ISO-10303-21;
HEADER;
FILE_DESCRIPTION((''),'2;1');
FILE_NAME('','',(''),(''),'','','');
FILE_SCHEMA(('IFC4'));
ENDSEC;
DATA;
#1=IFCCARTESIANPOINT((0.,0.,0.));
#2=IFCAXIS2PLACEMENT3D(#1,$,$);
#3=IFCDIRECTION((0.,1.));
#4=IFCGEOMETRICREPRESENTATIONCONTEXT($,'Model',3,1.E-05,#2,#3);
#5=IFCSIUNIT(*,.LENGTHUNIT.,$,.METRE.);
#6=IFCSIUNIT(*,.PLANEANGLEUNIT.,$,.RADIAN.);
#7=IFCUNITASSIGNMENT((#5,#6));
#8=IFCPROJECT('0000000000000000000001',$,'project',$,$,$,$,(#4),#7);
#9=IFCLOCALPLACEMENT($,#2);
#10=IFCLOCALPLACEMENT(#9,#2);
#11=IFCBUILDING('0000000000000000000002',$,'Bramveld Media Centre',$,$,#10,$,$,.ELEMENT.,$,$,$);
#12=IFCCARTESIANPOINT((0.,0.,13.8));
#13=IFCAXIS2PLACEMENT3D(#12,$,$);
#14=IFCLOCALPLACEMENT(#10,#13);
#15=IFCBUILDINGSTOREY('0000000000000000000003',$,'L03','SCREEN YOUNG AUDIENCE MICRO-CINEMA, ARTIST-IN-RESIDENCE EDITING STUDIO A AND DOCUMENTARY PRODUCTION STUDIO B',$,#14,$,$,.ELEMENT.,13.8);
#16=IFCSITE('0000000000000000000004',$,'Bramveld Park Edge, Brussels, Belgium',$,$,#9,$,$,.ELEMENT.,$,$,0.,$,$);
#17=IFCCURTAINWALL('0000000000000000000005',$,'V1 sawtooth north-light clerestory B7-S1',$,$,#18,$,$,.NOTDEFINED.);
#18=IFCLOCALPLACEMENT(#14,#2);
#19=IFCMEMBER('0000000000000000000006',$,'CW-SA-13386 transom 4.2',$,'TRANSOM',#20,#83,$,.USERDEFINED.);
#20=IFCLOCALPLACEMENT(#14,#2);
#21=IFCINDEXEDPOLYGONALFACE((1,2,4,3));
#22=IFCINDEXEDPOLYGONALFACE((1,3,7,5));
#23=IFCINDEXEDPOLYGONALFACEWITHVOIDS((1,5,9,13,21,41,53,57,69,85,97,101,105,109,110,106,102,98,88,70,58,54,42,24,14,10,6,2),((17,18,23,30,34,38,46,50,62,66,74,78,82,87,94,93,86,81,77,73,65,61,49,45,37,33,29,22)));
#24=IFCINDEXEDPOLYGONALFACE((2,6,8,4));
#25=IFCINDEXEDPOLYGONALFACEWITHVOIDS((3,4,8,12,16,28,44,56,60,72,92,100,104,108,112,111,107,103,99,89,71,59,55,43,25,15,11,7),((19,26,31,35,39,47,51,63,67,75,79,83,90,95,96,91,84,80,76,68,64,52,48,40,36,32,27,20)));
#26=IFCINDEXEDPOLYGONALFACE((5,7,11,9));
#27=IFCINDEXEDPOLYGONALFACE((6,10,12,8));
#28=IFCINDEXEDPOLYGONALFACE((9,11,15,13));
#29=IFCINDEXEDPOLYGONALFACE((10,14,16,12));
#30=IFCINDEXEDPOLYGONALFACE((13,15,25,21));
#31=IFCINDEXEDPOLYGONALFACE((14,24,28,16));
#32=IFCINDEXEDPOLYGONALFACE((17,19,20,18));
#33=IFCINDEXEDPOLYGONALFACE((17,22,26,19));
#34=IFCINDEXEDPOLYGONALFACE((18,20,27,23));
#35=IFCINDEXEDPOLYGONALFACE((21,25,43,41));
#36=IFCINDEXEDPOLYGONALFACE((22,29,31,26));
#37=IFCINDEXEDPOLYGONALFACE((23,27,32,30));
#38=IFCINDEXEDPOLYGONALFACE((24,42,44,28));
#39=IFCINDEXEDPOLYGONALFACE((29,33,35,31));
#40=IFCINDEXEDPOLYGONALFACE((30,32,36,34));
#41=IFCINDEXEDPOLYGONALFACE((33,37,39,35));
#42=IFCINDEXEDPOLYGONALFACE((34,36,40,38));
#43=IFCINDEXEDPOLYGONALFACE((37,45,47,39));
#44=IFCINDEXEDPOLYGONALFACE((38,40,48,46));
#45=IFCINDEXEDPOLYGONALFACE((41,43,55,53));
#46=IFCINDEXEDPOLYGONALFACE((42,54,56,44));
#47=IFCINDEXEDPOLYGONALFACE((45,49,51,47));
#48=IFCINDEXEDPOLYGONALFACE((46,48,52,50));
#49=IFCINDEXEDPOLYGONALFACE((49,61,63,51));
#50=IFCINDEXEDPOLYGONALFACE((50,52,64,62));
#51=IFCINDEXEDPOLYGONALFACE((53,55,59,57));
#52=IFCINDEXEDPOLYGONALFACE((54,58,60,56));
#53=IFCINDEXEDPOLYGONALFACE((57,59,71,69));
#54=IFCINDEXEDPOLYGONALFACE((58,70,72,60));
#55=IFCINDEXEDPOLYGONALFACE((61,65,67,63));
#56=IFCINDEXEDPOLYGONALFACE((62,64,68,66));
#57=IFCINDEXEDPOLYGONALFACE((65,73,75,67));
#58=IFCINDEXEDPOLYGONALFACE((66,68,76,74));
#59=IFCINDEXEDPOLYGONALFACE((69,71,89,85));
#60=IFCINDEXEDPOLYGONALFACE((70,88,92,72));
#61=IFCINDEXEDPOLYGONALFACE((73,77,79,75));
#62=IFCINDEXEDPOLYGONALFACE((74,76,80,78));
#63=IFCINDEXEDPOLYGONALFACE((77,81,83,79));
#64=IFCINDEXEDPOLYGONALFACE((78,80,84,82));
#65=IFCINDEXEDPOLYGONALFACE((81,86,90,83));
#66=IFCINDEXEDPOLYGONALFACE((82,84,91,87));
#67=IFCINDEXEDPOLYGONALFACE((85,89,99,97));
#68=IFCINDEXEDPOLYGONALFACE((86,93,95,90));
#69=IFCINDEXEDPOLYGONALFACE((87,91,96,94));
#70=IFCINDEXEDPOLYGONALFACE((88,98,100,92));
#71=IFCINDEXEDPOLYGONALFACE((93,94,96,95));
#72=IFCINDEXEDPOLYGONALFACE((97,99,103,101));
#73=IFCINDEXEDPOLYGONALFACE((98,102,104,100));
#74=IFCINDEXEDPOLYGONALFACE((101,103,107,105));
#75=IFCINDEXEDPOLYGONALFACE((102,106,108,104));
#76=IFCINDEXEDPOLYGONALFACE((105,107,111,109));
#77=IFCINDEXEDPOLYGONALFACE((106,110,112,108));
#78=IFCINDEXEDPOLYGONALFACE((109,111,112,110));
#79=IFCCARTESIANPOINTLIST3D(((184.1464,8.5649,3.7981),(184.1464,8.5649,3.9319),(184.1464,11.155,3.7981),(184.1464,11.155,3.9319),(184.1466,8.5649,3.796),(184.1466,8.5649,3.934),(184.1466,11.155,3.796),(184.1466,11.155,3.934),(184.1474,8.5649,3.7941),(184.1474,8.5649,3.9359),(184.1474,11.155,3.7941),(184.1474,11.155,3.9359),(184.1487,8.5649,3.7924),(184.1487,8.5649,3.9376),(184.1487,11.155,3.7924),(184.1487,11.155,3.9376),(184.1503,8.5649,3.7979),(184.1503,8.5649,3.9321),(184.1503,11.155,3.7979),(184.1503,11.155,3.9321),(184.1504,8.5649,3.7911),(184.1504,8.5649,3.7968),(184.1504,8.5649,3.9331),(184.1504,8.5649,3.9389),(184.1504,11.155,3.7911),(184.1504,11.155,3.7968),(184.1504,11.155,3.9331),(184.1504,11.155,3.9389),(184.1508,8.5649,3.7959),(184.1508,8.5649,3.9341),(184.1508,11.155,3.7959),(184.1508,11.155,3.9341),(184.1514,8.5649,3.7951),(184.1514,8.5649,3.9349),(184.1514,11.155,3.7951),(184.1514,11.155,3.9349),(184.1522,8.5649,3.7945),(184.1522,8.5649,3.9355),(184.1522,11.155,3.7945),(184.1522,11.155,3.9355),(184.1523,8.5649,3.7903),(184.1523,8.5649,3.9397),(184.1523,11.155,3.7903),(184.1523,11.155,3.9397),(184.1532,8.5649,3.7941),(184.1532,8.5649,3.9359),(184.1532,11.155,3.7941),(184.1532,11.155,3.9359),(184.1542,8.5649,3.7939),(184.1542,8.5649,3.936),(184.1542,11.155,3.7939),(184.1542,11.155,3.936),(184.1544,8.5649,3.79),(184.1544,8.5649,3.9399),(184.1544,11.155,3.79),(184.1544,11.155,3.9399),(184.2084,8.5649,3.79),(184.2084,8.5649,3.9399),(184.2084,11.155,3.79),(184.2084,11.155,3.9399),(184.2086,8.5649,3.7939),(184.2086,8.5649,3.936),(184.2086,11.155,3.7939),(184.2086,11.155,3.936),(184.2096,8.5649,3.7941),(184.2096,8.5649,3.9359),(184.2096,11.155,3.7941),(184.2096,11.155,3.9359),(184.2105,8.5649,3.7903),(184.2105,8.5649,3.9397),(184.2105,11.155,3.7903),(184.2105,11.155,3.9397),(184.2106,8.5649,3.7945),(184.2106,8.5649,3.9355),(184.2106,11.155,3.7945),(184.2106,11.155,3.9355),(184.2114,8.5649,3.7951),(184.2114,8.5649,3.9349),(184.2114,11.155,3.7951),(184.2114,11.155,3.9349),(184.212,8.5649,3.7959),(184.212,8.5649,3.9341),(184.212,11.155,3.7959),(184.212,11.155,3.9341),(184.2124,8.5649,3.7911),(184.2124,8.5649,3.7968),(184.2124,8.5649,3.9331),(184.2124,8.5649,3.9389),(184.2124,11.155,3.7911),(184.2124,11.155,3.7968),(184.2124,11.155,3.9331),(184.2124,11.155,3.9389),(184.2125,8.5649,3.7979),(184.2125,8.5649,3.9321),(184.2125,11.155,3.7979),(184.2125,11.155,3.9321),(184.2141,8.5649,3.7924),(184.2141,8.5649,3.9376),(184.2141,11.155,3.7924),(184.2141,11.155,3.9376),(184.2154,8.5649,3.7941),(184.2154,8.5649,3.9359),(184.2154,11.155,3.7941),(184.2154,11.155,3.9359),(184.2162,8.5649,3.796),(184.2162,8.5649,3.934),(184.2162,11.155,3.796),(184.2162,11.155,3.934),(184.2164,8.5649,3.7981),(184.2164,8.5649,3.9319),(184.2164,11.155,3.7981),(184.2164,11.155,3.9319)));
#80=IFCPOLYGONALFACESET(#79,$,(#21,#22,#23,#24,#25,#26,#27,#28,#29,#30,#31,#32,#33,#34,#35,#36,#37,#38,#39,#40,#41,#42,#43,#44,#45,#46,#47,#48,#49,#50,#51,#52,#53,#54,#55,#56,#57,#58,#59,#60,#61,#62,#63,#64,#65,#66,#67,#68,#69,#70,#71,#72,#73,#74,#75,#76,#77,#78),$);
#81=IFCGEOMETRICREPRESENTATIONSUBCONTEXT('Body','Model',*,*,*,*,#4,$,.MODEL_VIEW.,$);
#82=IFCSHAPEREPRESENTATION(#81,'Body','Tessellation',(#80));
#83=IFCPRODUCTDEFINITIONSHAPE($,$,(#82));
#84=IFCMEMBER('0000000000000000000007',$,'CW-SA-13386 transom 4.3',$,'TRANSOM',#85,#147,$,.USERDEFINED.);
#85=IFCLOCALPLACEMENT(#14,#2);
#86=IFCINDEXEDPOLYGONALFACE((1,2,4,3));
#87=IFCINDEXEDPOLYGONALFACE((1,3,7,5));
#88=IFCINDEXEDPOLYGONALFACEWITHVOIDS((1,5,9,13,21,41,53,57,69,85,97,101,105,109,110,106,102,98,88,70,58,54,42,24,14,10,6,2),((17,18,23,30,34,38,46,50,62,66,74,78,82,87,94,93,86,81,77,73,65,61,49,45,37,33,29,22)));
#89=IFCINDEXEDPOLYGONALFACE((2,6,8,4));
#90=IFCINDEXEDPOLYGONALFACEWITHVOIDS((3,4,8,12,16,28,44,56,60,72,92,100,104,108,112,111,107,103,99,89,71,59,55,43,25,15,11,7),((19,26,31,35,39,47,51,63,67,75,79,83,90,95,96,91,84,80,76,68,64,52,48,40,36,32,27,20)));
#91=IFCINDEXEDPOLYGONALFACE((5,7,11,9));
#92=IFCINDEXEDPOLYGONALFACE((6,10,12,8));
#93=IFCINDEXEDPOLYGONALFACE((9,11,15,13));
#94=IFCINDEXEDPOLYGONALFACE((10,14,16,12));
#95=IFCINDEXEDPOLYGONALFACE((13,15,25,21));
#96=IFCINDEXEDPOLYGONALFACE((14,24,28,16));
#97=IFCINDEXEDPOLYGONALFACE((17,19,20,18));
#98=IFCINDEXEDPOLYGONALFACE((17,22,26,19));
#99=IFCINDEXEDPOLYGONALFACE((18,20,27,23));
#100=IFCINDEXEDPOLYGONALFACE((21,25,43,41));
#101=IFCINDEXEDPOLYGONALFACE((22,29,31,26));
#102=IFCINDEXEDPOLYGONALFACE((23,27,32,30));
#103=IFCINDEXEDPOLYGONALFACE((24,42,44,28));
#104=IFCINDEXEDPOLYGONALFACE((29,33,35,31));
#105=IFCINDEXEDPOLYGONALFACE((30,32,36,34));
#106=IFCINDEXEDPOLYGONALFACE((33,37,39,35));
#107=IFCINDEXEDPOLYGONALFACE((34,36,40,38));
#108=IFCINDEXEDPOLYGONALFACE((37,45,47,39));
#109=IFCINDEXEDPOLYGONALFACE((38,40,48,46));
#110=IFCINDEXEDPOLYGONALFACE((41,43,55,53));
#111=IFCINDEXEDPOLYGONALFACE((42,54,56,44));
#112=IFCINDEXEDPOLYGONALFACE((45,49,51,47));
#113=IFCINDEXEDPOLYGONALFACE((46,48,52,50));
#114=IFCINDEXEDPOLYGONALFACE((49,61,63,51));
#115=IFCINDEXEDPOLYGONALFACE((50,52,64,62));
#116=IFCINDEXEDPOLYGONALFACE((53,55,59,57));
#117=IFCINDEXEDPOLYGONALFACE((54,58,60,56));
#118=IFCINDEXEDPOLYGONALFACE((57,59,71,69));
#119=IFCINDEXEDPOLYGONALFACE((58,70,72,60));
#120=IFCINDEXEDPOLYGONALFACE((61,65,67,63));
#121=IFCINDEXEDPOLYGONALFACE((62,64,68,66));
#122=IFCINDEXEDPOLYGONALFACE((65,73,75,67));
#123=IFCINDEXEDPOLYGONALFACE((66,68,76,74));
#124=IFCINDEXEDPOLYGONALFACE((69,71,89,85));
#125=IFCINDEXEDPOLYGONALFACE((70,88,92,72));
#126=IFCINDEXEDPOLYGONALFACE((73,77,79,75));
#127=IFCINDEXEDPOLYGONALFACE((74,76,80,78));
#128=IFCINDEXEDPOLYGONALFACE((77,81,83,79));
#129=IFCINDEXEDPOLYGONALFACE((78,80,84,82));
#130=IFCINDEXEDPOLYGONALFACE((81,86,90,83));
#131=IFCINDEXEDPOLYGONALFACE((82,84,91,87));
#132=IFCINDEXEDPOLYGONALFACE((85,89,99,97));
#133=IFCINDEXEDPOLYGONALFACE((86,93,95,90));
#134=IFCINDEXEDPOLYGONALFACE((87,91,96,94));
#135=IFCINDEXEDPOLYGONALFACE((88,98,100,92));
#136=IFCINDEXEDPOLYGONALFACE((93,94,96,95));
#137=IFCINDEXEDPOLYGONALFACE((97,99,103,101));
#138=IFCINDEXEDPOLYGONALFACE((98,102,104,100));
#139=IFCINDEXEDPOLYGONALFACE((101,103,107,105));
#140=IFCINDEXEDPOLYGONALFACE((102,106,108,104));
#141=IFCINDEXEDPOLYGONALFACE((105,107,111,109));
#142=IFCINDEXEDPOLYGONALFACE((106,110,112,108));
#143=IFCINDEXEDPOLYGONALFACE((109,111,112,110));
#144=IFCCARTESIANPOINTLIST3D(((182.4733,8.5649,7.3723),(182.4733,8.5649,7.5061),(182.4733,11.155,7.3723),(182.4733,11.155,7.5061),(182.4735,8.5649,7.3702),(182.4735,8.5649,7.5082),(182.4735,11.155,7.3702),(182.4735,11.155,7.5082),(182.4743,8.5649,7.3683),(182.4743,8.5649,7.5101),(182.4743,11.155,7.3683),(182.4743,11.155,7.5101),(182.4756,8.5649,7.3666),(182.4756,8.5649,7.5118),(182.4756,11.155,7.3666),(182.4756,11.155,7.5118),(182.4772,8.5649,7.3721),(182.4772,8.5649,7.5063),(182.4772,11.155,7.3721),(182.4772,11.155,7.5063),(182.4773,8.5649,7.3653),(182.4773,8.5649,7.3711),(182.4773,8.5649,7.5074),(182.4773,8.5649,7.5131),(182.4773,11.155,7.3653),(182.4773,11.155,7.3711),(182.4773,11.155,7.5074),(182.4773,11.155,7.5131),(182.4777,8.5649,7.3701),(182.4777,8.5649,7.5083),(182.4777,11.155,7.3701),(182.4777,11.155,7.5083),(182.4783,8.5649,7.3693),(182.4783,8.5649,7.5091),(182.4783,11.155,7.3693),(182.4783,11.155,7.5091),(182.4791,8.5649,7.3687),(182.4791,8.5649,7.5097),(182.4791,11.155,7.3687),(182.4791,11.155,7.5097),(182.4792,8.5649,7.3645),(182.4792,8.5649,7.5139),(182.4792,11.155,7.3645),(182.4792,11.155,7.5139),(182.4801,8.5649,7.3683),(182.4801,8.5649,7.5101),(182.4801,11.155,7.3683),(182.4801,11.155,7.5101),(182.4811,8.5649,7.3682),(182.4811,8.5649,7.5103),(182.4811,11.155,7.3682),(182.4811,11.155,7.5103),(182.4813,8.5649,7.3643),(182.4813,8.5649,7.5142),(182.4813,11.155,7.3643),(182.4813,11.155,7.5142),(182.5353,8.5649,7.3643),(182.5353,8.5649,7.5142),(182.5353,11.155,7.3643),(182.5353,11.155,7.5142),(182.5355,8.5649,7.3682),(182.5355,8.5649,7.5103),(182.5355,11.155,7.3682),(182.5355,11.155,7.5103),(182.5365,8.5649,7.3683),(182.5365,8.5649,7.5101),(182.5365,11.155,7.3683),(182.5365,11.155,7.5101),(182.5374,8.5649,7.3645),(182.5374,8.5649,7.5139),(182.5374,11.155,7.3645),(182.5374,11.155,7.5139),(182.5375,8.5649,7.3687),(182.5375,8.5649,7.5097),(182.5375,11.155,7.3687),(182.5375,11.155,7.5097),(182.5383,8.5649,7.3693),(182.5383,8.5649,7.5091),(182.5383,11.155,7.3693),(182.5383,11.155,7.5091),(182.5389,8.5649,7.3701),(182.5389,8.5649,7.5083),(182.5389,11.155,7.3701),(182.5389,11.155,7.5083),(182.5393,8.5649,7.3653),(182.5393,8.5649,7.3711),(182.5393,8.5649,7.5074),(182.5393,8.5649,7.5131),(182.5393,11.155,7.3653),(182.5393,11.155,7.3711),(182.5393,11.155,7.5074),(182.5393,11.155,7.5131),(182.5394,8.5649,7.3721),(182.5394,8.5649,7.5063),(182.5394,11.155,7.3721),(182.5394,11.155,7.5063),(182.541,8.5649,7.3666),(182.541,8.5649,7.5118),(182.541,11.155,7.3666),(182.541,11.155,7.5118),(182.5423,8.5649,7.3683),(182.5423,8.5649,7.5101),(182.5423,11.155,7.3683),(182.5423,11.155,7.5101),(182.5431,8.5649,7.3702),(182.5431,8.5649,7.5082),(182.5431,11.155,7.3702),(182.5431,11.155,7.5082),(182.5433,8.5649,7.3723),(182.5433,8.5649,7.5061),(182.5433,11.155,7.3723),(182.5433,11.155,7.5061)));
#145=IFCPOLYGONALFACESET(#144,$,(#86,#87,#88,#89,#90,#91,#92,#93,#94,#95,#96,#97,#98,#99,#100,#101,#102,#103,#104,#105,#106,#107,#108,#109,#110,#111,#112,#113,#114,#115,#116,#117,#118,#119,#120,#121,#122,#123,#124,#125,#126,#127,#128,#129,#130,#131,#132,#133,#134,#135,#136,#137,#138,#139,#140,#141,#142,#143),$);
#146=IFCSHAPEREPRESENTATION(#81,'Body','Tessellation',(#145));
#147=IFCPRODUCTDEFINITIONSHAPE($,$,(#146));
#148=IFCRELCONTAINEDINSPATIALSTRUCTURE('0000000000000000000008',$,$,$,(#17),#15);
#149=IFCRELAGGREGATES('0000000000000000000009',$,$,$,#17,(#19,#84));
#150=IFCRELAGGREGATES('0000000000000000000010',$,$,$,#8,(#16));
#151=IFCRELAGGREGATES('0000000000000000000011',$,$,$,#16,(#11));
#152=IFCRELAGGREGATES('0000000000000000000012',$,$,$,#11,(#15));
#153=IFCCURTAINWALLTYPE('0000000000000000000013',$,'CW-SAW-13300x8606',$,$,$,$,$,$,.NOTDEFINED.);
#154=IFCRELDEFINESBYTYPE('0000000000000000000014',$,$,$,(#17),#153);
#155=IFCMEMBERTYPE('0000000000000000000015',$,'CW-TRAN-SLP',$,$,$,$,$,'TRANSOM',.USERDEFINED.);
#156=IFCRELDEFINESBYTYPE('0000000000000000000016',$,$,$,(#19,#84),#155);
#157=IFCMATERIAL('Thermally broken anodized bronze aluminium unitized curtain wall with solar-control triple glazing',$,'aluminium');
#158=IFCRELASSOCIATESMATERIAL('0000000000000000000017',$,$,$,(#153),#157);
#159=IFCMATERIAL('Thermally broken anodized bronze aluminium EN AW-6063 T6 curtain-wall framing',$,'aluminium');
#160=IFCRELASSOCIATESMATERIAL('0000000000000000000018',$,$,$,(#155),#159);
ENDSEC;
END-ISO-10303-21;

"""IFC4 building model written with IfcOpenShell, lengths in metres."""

from ifc_helpers import new_model, si_unit, direction, frame, origin, origin_2d, place, context, subcontext, project, spatial, hollow_rectangle, extrude, material, material_profile, profile_set, type_object, element, aggregate, save


model = new_model("IFC4")

# Units and contexts
model_context = context("Model", 3, precision=1e-05, world=origin(), true_north=direction((0.0, 1.0)))
body_context = subcontext(model_context, "Body", "Model", "MODEL_VIEW")
ifc_project = project(units=[si_unit("LENGTHUNIT", "METRE"), si_unit("PLANEANGLEUNIT", "RADIAN")], contexts=[model_context])

# Site, building, storey
site_placement = place(None, origin())
site = spatial("IfcSite", under=ifc_project, at=site_placement, Name="Bramveld Park Edge, Brussels, Belgium", CompositionType="ELEMENT", RefElevation=0.0)
building_placement = place(site_placement, origin())
building = spatial("IfcBuilding", under=site, at=building_placement, Name="Bramveld Media Centre", CompositionType="ELEMENT")
storey_placement = place(building_placement, frame((0.0, 0.0, 13.8)))
storey = spatial("IfcBuildingStorey", under=building, at=storey_placement, Name="L03", Description="SCREEN YOUNG AUDIENCE MICRO-CINEMA, ARTIST-IN-RESIDENCE EDITING STUDIO A AND DOCUMENTARY PRODUCTION STUDIO B", CompositionType="ELEMENT", Elevation=13.8)

# Curtain wall, members
ifc_material_1 = material(Name="Thermally broken anodized bronze aluminium unitized curtain wall with solar-control triple glazing", Category="aluminium")
curtain_wall_type = type_object("IfcCurtainWallType", Name="CW-SAW-13300x8606", PredefinedType="NOTDEFINED", material=ifc_material_1)
curtain_wall_placement = place(storey_placement, origin())
curtain_wall = element("IfcCurtainWall", 1, at=curtain_wall_placement, inside=storey, type_object=curtain_wall_type, Name="V1 sawtooth north-light clerestory B7-S1", PredefinedType="NOTDEFINED")
ifc_material_2 = material(Name="Thermally broken anodized bronze aluminium EN AW-6063 T6 curtain-wall framing", Category="aluminium")
ifc_material_profile_1 = material_profile(ifc_material_2, hollow_rectangle(XDim=0.0701, YDim=0.1499, WallThickness=0.0039, InnerFilletRadius=0.0039, OuterFilletRadius=0.0081, at=origin_2d()), Name="AL-TRAN 70x150")
ifc_profile_set_1 = profile_set([ifc_material_profile_1], Name="Thermally broken anodized bronze aluminium EN AW-6063 T6 curtain-wall framing")
member_type_1 = type_object("IfcMemberType", Name="CW-TRAN-SLP", ElementType="TRANSOM", PredefinedType="USERDEFINED", material=ifc_profile_set_1)
member_1_placement = place(storey_placement, frame((184.1814, 8.5649, 3.865), z_axis=(0.0, 1.0, 0.0), x_axis=(-1.0, 0.0, 0.0)))
member_1 = element("IfcMember", 2, at=member_1_placement, type_object=member_type_1, Name="CW-SA-13386 transom 4.2", ObjectType="TRANSOM", PredefinedType="USERDEFINED", context=body_context, shape_type="SweptSolid", body=[
    extrude(hollow_rectangle(XDim=0.0701, YDim=0.1499, WallThickness=0.0039, InnerFilletRadius=0.0039, OuterFilletRadius=0.0081, at=origin_2d()), origin(), (0.0, 0.0, 1.0), 2.5901),
])
member_2_placement = place(storey_placement, frame((182.5083, 8.5649, 7.4392), z_axis=(0.0, 1.0, 0.0), x_axis=(-1.0, 0.0, 0.0)))
member_2 = element("IfcMember", 3, at=member_2_placement, type_object=member_type_1, Name="CW-SA-13386 transom 4.3", ObjectType="TRANSOM", PredefinedType="USERDEFINED", context=body_context, shape_type="SweptSolid", body=[
    extrude(hollow_rectangle(XDim=0.0701, YDim=0.1499, WallThickness=0.0039, InnerFilletRadius=0.0039, OuterFilletRadius=0.0081, at=origin_2d()), origin(), (0.0, 0.0, 1.0), 2.5901),
])

aggregate(curtain_wall, [member_1, member_2])

save(model, "model.ifc")
